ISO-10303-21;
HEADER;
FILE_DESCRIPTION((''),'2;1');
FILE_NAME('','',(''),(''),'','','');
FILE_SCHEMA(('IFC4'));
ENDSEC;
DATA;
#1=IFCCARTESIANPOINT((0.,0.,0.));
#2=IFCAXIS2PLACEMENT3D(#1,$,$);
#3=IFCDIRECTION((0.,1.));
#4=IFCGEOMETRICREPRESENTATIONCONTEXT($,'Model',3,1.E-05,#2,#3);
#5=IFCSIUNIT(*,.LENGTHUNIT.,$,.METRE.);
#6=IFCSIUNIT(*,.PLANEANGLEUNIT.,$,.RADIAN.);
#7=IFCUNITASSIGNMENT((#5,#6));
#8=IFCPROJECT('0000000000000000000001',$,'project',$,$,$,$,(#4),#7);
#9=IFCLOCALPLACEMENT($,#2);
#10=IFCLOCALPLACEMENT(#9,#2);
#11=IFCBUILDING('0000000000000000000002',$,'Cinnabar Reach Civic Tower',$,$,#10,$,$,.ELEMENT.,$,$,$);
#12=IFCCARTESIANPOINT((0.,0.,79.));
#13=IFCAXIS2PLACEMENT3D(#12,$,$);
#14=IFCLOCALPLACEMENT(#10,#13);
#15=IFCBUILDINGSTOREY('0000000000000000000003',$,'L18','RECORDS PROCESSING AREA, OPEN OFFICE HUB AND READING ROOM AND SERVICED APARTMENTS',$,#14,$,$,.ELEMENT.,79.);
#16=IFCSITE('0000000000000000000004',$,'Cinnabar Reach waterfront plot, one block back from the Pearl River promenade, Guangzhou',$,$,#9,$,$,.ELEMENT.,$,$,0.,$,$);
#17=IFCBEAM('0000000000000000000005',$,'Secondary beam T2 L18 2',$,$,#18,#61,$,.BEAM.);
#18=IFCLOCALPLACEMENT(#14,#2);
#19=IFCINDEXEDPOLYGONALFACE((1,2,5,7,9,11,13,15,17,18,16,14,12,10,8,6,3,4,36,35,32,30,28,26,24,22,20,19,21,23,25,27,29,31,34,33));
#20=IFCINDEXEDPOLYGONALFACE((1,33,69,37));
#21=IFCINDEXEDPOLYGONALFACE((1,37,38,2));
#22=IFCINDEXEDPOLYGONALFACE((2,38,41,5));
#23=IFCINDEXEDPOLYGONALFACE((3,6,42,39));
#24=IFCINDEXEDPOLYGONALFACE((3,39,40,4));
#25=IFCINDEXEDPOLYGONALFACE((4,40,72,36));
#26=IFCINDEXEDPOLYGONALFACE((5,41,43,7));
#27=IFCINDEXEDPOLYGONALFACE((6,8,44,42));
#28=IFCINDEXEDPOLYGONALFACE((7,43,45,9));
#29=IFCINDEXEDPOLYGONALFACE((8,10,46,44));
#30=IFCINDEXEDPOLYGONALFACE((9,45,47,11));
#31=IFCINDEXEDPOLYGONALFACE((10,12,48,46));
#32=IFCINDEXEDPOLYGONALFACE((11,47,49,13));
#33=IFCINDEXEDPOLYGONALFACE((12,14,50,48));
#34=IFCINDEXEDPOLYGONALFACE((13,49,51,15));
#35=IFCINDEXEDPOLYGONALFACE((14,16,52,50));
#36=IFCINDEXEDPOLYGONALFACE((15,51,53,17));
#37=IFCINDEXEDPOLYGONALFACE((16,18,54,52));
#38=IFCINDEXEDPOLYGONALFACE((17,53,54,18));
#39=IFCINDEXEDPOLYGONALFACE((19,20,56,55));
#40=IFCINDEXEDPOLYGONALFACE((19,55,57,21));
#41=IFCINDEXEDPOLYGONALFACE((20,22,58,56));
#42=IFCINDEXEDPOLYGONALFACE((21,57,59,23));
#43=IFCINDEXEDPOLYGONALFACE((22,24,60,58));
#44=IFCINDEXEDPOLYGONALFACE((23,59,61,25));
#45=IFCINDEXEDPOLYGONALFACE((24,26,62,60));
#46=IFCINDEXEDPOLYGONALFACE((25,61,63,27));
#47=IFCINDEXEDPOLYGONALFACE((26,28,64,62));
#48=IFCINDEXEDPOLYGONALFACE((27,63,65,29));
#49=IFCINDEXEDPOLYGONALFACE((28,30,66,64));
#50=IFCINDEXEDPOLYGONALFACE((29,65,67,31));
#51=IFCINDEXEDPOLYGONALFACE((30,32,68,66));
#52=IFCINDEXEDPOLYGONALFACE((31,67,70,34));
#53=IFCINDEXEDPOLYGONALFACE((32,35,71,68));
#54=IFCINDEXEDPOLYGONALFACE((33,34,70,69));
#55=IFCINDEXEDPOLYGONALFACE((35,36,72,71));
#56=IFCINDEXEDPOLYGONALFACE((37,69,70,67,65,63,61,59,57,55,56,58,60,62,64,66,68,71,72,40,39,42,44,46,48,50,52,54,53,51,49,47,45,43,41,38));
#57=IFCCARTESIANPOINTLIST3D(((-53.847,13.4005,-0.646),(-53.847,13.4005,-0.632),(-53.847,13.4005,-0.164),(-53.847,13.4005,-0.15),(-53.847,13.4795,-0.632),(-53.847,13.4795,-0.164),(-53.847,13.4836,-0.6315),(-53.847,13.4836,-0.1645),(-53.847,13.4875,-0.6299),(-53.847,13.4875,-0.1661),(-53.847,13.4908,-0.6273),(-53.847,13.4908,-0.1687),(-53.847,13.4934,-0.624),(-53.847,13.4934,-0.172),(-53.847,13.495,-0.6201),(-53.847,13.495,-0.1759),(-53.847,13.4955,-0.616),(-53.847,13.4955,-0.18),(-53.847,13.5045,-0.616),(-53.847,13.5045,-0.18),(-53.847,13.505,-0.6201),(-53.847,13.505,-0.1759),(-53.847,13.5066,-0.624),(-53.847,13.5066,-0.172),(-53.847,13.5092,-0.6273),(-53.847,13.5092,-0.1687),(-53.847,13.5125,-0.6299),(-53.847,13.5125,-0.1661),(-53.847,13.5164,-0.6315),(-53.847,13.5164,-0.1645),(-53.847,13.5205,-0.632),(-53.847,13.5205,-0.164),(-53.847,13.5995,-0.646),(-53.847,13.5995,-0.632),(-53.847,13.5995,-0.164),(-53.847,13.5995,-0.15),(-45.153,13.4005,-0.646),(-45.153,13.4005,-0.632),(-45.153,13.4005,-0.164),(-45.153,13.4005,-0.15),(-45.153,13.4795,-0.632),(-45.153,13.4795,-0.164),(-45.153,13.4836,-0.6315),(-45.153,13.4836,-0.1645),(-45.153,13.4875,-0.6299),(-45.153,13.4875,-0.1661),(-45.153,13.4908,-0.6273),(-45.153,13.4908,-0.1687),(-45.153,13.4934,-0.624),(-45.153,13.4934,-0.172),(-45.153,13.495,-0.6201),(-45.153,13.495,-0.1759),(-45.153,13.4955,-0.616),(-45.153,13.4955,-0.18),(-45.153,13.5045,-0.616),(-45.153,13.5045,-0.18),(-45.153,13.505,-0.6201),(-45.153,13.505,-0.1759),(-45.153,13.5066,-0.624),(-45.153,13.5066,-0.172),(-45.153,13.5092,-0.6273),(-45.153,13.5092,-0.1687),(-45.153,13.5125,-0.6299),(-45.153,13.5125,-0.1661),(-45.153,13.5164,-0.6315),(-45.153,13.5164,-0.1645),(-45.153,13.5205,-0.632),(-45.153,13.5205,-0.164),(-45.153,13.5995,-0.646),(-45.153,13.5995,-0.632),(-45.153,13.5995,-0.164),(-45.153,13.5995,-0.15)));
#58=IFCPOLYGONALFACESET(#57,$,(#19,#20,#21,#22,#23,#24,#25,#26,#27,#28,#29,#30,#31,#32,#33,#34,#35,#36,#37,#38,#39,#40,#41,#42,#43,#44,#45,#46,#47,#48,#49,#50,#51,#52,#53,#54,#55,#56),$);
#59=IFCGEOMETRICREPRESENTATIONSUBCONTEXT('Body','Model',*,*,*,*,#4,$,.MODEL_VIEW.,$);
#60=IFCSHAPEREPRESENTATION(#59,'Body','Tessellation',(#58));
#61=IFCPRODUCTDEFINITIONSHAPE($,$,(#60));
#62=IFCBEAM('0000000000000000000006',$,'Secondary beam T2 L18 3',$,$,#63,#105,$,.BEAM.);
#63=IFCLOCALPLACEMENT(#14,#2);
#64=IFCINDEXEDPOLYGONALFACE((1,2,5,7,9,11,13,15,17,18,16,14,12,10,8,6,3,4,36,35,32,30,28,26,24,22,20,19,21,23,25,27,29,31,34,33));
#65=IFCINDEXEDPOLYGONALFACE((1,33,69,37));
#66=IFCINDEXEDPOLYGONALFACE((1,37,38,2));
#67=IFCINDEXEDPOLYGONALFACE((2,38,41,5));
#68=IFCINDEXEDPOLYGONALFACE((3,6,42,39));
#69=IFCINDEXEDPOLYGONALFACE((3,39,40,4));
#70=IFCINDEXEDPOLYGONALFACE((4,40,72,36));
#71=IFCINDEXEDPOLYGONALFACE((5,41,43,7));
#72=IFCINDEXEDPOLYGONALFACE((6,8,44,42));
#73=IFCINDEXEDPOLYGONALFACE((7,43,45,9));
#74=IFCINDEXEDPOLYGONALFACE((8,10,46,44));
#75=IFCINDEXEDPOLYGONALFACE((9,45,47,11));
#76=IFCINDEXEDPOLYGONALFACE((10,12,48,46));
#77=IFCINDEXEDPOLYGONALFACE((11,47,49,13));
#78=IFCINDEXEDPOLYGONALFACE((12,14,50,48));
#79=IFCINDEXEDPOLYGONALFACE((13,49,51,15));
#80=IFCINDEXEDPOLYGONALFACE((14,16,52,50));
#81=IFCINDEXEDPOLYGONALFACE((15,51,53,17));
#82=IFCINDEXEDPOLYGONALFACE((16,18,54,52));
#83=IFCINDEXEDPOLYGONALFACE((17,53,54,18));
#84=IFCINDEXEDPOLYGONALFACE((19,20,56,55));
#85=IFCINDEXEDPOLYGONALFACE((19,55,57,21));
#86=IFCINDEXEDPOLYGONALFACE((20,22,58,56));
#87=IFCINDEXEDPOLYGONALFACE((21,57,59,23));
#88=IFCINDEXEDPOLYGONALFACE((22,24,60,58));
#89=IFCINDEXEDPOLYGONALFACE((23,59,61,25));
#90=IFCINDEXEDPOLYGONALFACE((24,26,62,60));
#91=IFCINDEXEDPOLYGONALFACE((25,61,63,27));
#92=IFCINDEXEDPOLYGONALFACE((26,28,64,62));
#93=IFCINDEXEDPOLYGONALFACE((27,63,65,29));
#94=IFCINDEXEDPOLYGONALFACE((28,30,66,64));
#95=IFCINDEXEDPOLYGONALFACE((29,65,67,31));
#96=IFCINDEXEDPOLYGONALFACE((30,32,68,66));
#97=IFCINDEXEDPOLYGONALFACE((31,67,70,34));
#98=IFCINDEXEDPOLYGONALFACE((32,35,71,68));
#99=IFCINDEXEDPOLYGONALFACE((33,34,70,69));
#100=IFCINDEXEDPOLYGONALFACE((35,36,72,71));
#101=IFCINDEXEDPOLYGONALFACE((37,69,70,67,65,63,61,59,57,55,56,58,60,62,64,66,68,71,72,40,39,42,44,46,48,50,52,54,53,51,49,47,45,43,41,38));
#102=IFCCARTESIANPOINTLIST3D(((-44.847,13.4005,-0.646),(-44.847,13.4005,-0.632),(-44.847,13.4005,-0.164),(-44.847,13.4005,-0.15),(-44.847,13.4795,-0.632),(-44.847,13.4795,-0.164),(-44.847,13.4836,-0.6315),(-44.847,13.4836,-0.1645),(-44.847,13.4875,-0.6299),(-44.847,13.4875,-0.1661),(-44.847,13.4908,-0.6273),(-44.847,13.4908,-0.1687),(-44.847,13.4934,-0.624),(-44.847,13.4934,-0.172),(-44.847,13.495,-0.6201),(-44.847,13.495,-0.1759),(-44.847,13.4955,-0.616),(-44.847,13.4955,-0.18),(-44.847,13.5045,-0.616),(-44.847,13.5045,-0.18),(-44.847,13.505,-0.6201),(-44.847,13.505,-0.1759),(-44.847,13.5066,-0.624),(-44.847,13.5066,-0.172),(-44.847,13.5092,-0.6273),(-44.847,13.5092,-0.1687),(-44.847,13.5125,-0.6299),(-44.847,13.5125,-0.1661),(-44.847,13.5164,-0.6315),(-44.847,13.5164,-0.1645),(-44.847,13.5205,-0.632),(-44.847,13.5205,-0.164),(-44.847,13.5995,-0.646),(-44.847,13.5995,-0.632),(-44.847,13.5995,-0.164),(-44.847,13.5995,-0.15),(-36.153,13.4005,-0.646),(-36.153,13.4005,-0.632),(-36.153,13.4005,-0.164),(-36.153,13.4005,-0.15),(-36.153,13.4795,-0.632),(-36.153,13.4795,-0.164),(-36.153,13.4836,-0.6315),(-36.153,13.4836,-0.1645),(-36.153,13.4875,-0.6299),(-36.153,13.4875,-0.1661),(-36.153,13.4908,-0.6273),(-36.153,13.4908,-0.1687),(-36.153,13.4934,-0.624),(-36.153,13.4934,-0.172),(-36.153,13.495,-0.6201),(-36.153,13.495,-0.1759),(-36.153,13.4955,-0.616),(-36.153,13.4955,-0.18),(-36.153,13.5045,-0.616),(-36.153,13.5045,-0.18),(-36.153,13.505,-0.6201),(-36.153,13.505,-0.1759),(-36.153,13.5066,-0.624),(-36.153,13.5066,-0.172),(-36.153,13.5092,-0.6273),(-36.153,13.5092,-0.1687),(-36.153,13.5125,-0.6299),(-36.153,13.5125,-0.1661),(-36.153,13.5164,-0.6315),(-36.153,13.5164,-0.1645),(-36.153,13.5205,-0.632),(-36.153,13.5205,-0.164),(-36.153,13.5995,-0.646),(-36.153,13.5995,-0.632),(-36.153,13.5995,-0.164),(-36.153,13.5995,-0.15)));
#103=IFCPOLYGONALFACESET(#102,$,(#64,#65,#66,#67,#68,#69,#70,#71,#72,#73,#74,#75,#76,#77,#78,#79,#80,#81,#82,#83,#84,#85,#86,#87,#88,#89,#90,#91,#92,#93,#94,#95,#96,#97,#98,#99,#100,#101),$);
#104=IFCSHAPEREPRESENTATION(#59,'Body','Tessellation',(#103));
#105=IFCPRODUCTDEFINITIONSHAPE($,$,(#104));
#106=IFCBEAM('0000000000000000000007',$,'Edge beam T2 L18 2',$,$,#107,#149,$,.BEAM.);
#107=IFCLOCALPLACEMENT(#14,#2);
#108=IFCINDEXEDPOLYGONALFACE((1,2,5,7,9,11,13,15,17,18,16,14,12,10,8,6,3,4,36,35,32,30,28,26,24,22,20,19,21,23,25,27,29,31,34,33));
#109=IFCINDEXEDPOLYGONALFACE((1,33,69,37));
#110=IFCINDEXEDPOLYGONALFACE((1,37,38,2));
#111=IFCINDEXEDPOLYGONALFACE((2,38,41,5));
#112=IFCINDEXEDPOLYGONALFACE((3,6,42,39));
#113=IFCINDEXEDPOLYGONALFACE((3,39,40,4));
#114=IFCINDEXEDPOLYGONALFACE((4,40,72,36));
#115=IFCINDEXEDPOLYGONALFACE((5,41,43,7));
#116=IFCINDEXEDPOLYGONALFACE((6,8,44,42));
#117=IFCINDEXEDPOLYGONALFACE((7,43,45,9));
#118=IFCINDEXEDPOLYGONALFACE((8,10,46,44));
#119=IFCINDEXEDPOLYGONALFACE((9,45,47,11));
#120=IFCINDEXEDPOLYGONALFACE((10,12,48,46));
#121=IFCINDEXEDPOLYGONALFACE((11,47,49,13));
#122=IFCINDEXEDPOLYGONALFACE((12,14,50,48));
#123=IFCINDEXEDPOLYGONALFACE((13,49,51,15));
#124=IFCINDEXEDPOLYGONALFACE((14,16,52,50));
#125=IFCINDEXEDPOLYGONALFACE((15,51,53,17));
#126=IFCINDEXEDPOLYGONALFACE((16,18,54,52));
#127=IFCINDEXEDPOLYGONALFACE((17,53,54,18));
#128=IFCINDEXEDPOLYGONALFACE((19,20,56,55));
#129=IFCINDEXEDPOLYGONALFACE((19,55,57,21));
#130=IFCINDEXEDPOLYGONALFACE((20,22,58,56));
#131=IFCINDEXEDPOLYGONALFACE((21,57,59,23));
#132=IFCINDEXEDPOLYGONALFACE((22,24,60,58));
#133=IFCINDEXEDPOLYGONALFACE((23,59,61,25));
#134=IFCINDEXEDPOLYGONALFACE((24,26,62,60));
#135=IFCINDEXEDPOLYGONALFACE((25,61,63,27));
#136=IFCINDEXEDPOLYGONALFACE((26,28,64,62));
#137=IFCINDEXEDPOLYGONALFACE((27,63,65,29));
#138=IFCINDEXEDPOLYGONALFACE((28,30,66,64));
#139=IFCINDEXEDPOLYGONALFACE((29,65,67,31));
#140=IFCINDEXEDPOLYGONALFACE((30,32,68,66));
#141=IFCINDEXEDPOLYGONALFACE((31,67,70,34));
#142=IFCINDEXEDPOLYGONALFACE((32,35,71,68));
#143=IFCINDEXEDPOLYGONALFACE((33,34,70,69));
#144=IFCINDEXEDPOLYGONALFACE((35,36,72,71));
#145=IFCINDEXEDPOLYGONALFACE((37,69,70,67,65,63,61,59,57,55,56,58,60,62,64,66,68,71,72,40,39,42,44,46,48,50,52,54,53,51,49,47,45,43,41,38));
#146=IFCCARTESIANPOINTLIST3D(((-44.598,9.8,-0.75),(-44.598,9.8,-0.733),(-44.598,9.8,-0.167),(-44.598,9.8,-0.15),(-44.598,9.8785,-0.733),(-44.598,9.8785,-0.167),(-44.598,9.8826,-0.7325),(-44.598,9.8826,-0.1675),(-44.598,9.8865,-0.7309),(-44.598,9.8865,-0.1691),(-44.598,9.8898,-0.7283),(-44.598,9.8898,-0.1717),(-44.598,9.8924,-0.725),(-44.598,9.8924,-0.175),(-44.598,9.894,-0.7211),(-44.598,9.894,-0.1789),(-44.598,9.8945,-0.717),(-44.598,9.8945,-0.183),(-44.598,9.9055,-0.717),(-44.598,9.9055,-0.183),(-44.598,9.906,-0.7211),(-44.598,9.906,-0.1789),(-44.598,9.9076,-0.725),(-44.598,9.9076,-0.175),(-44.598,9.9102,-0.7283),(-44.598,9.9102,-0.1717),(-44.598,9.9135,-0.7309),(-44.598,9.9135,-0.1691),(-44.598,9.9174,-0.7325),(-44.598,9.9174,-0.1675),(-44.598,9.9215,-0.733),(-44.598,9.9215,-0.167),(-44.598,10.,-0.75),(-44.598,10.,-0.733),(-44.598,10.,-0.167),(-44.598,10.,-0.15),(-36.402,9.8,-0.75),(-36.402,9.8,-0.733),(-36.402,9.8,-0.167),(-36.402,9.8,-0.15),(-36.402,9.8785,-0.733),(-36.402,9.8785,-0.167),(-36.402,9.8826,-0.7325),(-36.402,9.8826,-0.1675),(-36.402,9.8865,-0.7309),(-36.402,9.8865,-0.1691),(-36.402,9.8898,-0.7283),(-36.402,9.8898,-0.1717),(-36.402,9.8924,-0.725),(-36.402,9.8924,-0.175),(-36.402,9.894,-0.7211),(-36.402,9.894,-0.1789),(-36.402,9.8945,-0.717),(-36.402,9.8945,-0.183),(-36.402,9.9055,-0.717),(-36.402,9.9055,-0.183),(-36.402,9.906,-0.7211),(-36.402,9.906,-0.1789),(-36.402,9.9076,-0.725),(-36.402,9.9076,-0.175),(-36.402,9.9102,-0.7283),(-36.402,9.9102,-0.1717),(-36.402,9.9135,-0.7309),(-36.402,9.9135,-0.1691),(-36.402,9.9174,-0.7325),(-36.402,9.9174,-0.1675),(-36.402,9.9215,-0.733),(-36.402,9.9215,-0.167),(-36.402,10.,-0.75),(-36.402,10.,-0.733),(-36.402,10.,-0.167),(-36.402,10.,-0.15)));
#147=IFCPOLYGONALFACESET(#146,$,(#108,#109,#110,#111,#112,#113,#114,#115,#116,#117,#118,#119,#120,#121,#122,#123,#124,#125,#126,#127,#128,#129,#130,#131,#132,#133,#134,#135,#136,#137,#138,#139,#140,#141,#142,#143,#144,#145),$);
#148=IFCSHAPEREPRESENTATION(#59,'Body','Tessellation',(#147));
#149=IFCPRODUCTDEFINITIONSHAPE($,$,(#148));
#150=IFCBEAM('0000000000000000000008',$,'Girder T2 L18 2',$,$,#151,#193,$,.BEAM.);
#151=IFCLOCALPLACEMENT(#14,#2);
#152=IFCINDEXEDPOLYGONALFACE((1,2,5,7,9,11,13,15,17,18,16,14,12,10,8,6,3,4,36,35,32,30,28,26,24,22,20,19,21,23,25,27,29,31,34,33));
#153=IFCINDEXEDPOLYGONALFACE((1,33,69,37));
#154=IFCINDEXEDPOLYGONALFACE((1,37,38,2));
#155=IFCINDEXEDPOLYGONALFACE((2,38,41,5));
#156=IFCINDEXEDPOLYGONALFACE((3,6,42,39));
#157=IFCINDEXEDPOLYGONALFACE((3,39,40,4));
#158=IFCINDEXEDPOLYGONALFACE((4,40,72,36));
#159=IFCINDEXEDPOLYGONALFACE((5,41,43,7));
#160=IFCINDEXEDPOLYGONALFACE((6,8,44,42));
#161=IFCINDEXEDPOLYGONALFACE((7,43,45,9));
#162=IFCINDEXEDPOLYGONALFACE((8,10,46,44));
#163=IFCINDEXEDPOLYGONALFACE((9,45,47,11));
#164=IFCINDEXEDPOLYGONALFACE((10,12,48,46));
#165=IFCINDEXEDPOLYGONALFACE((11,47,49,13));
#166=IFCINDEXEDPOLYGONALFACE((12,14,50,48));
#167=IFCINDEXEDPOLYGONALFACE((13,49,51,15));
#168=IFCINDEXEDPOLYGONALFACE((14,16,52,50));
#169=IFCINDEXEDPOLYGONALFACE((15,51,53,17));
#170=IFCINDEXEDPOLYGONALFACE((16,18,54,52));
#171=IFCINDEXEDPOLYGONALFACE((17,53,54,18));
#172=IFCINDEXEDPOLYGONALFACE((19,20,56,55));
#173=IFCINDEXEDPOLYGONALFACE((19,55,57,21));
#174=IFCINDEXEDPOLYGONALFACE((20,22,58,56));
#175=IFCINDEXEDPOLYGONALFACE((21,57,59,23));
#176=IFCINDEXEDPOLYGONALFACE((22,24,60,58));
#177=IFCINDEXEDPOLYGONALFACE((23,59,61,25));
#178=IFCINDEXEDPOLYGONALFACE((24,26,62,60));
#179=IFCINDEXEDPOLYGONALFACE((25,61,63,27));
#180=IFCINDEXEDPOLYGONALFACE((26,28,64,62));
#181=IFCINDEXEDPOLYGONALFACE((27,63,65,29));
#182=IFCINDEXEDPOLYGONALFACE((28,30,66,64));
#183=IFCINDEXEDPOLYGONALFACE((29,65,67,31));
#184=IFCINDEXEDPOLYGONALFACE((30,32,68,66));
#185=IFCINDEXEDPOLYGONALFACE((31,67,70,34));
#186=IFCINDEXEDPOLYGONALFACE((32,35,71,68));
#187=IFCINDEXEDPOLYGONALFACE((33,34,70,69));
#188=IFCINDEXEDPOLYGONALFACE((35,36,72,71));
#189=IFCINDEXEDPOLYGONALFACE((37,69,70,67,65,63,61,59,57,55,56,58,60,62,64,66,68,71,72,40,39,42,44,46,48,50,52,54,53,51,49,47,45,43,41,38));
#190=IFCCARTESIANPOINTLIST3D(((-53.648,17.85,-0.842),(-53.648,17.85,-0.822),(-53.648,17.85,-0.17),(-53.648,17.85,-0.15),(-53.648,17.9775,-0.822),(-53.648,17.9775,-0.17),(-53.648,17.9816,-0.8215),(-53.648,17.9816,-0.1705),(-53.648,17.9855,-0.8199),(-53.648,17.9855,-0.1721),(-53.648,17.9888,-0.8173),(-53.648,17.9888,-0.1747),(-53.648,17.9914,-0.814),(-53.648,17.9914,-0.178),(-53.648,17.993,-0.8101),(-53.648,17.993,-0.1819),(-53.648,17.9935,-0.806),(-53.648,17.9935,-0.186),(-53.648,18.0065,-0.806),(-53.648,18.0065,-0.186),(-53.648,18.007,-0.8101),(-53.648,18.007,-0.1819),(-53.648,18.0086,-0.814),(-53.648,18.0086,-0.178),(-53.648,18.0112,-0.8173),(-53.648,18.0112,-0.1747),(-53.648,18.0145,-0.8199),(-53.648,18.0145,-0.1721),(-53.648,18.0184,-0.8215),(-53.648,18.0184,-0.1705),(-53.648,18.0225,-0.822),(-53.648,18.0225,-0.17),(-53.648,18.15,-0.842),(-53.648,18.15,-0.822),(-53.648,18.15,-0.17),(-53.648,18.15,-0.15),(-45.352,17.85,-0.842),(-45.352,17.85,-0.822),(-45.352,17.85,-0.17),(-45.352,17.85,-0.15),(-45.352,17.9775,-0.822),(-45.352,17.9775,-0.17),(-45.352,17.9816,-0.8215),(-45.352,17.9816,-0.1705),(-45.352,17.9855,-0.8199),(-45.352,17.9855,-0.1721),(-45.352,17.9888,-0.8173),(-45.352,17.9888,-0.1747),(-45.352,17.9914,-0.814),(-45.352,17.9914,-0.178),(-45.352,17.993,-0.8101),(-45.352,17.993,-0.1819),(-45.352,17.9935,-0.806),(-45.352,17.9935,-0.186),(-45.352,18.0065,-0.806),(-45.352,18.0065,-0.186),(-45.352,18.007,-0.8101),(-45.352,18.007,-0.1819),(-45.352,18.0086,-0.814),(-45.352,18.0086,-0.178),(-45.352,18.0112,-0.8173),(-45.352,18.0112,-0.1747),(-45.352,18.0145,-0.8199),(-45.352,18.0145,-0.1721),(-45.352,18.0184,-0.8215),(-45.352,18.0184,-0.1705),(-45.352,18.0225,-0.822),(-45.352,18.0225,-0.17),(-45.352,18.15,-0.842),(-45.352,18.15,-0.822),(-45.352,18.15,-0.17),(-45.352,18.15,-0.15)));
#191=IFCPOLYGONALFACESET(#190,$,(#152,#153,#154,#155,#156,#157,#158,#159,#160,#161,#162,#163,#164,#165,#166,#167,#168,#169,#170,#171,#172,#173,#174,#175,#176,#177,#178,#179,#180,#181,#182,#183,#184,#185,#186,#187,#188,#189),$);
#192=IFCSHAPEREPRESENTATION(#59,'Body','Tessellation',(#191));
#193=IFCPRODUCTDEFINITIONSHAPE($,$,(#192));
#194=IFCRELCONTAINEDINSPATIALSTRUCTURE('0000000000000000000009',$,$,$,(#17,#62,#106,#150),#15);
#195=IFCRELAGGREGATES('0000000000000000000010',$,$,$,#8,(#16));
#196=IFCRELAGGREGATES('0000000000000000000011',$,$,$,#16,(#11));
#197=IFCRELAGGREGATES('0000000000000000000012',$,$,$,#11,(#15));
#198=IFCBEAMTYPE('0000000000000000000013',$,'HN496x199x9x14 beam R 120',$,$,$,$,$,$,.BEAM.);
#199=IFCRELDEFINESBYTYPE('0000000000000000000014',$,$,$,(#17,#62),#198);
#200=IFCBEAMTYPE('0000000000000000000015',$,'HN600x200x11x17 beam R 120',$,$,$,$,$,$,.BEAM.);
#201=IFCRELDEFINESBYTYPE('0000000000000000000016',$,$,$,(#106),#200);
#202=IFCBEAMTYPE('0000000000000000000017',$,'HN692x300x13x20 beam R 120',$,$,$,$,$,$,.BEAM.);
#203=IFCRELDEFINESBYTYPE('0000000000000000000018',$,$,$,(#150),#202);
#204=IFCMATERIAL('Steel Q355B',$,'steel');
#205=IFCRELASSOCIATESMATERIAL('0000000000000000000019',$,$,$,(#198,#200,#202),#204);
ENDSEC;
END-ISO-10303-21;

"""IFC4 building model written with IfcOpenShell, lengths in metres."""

from ifc_helpers import new_model, si_unit, direction, frame, origin, origin_2d, place, context, subcontext, project, spatial, i_section, extrude, material, material_profile, profile_set, type_object, element, save


model = new_model("IFC4")

# Units and contexts
model_context = context("Model", 3, precision=1e-05, world=origin(), true_north=direction((0.0, 1.0)))
body_context = subcontext(model_context, "Body", "Model", "MODEL_VIEW")
ifc_project = project(units=[si_unit("LENGTHUNIT", "METRE"), si_unit("PLANEANGLEUNIT", "RADIAN")], contexts=[model_context])

# Site, building, storey
site_placement = place(None, origin())
site = spatial("IfcSite", under=ifc_project, at=site_placement, Name="Cinnabar Reach waterfront plot, one block back from the Pearl River promenade, Guangzhou", CompositionType="ELEMENT", RefElevation=0.0)
building_placement = place(site_placement, origin())
building = spatial("IfcBuilding", under=site, at=building_placement, Name="Cinnabar Reach Civic Tower", CompositionType="ELEMENT")
storey_placement = place(building_placement, frame((0.0, 0.0, 79.0)))
storey = spatial("IfcBuildingStorey", under=building, at=storey_placement, Name="L18", Description="RECORDS PROCESSING AREA, OPEN OFFICE HUB AND READING ROOM AND SERVICED APARTMENTS", CompositionType="ELEMENT", Elevation=79.0)

# Beams
ifc_material_1 = material(Name="Steel Q355B", Category="steel")
ifc_material_profile_1 = material_profile(ifc_material_1, i_section(OverallWidth=0.199, OverallDepth=0.496, WebThickness=0.009, FlangeThickness=0.014, FilletRadius=0.016, at=origin_2d()), Name="HN496x199x9x14")
ifc_profile_set_1 = profile_set([ifc_material_profile_1], Name="Steel Q355B")
beam_type_1 = type_object("IfcBeamType", Name="HN496x199x9x14 beam R 120", PredefinedType="BEAM", material=ifc_profile_set_1)
for number, where, z_axis, x_axis, name in (
    (1, (-53.847, 13.5, -0.398), (1.0, 0.0, 0.0), (0.0, 1.0, 0.0), "Secondary beam T2 L18 2"),
    (2, (-44.847, 13.5, -0.398), (1.0, 0.0, 0.0), (0.0, 1.0, 0.0), "Secondary beam T2 L18 3"),
):
    element("IfcBeam", number, at=place(storey_placement, frame(where, z_axis=z_axis, x_axis=x_axis)), inside=storey, type_object=beam_type_1, Name=name, PredefinedType="BEAM", context=body_context, shape_type="SweptSolid", body=[
        extrude(i_section(OverallWidth=0.199, OverallDepth=0.496, WebThickness=0.009, FlangeThickness=0.014, FilletRadius=0.016, at=origin_2d()), origin(), (0.0, 0.0, 1.0), 8.694),
    ])
ifc_material_profile_2 = material_profile(ifc_material_1, i_section(OverallWidth=0.2, OverallDepth=0.6, WebThickness=0.011, FlangeThickness=0.017, FilletRadius=0.016, at=origin_2d()), Name="HN600x200x11x17")
ifc_profile_set_2 = profile_set([ifc_material_profile_2], Name="Steel Q355B")
beam_type_2 = type_object("IfcBeamType", Name="HN600x200x11x17 beam R 120", PredefinedType="BEAM", material=ifc_profile_set_2)
beam_1_placement = place(storey_placement, frame((-44.598, 9.9, -0.45), z_axis=(1.0, 0.0, 0.0), x_axis=(0.0, 1.0, 0.0)))
element("IfcBeam", 3, at=beam_1_placement, inside=storey, type_object=beam_type_2, Name="Edge beam T2 L18 2", PredefinedType="BEAM", context=body_context, shape_type="SweptSolid", body=[
    extrude(i_section(OverallWidth=0.2, OverallDepth=0.6, WebThickness=0.011, FlangeThickness=0.017, FilletRadius=0.016, at=origin_2d()), origin(), (0.0, 0.0, 1.0), 8.196),
])
ifc_material_profile_3 = material_profile(ifc_material_1, i_section(OverallWidth=0.3, OverallDepth=0.692, WebThickness=0.013, FlangeThickness=0.02, FilletRadius=0.016, at=origin_2d()), Name="HN692x300x13x20")
ifc_profile_set_3 = profile_set([ifc_material_profile_3], Name="Steel Q355B")
beam_type_3 = type_object("IfcBeamType", Name="HN692x300x13x20 beam R 120", PredefinedType="BEAM", material=ifc_profile_set_3)
for number, where, z_axis, x_axis, name in (
    (4, (-53.648, 18.0, -0.496), (1.0, 0.0, 0.0), (0.0, 1.0, 0.0), "Girder T2 L18 2"),
):
    element("IfcBeam", number, at=place(storey_placement, frame(where, z_axis=z_axis, x_axis=x_axis)), inside=storey, type_object=beam_type_3, Name=name, PredefinedType="BEAM", context=body_context, shape_type="SweptSolid", body=[
        extrude(i_section(OverallWidth=0.3, OverallDepth=0.692, WebThickness=0.013, FlangeThickness=0.02, FilletRadius=0.016, at=origin_2d()), origin(), (0.0, 0.0, 1.0), 8.296),
    ])

save(model, "model.ifc")
